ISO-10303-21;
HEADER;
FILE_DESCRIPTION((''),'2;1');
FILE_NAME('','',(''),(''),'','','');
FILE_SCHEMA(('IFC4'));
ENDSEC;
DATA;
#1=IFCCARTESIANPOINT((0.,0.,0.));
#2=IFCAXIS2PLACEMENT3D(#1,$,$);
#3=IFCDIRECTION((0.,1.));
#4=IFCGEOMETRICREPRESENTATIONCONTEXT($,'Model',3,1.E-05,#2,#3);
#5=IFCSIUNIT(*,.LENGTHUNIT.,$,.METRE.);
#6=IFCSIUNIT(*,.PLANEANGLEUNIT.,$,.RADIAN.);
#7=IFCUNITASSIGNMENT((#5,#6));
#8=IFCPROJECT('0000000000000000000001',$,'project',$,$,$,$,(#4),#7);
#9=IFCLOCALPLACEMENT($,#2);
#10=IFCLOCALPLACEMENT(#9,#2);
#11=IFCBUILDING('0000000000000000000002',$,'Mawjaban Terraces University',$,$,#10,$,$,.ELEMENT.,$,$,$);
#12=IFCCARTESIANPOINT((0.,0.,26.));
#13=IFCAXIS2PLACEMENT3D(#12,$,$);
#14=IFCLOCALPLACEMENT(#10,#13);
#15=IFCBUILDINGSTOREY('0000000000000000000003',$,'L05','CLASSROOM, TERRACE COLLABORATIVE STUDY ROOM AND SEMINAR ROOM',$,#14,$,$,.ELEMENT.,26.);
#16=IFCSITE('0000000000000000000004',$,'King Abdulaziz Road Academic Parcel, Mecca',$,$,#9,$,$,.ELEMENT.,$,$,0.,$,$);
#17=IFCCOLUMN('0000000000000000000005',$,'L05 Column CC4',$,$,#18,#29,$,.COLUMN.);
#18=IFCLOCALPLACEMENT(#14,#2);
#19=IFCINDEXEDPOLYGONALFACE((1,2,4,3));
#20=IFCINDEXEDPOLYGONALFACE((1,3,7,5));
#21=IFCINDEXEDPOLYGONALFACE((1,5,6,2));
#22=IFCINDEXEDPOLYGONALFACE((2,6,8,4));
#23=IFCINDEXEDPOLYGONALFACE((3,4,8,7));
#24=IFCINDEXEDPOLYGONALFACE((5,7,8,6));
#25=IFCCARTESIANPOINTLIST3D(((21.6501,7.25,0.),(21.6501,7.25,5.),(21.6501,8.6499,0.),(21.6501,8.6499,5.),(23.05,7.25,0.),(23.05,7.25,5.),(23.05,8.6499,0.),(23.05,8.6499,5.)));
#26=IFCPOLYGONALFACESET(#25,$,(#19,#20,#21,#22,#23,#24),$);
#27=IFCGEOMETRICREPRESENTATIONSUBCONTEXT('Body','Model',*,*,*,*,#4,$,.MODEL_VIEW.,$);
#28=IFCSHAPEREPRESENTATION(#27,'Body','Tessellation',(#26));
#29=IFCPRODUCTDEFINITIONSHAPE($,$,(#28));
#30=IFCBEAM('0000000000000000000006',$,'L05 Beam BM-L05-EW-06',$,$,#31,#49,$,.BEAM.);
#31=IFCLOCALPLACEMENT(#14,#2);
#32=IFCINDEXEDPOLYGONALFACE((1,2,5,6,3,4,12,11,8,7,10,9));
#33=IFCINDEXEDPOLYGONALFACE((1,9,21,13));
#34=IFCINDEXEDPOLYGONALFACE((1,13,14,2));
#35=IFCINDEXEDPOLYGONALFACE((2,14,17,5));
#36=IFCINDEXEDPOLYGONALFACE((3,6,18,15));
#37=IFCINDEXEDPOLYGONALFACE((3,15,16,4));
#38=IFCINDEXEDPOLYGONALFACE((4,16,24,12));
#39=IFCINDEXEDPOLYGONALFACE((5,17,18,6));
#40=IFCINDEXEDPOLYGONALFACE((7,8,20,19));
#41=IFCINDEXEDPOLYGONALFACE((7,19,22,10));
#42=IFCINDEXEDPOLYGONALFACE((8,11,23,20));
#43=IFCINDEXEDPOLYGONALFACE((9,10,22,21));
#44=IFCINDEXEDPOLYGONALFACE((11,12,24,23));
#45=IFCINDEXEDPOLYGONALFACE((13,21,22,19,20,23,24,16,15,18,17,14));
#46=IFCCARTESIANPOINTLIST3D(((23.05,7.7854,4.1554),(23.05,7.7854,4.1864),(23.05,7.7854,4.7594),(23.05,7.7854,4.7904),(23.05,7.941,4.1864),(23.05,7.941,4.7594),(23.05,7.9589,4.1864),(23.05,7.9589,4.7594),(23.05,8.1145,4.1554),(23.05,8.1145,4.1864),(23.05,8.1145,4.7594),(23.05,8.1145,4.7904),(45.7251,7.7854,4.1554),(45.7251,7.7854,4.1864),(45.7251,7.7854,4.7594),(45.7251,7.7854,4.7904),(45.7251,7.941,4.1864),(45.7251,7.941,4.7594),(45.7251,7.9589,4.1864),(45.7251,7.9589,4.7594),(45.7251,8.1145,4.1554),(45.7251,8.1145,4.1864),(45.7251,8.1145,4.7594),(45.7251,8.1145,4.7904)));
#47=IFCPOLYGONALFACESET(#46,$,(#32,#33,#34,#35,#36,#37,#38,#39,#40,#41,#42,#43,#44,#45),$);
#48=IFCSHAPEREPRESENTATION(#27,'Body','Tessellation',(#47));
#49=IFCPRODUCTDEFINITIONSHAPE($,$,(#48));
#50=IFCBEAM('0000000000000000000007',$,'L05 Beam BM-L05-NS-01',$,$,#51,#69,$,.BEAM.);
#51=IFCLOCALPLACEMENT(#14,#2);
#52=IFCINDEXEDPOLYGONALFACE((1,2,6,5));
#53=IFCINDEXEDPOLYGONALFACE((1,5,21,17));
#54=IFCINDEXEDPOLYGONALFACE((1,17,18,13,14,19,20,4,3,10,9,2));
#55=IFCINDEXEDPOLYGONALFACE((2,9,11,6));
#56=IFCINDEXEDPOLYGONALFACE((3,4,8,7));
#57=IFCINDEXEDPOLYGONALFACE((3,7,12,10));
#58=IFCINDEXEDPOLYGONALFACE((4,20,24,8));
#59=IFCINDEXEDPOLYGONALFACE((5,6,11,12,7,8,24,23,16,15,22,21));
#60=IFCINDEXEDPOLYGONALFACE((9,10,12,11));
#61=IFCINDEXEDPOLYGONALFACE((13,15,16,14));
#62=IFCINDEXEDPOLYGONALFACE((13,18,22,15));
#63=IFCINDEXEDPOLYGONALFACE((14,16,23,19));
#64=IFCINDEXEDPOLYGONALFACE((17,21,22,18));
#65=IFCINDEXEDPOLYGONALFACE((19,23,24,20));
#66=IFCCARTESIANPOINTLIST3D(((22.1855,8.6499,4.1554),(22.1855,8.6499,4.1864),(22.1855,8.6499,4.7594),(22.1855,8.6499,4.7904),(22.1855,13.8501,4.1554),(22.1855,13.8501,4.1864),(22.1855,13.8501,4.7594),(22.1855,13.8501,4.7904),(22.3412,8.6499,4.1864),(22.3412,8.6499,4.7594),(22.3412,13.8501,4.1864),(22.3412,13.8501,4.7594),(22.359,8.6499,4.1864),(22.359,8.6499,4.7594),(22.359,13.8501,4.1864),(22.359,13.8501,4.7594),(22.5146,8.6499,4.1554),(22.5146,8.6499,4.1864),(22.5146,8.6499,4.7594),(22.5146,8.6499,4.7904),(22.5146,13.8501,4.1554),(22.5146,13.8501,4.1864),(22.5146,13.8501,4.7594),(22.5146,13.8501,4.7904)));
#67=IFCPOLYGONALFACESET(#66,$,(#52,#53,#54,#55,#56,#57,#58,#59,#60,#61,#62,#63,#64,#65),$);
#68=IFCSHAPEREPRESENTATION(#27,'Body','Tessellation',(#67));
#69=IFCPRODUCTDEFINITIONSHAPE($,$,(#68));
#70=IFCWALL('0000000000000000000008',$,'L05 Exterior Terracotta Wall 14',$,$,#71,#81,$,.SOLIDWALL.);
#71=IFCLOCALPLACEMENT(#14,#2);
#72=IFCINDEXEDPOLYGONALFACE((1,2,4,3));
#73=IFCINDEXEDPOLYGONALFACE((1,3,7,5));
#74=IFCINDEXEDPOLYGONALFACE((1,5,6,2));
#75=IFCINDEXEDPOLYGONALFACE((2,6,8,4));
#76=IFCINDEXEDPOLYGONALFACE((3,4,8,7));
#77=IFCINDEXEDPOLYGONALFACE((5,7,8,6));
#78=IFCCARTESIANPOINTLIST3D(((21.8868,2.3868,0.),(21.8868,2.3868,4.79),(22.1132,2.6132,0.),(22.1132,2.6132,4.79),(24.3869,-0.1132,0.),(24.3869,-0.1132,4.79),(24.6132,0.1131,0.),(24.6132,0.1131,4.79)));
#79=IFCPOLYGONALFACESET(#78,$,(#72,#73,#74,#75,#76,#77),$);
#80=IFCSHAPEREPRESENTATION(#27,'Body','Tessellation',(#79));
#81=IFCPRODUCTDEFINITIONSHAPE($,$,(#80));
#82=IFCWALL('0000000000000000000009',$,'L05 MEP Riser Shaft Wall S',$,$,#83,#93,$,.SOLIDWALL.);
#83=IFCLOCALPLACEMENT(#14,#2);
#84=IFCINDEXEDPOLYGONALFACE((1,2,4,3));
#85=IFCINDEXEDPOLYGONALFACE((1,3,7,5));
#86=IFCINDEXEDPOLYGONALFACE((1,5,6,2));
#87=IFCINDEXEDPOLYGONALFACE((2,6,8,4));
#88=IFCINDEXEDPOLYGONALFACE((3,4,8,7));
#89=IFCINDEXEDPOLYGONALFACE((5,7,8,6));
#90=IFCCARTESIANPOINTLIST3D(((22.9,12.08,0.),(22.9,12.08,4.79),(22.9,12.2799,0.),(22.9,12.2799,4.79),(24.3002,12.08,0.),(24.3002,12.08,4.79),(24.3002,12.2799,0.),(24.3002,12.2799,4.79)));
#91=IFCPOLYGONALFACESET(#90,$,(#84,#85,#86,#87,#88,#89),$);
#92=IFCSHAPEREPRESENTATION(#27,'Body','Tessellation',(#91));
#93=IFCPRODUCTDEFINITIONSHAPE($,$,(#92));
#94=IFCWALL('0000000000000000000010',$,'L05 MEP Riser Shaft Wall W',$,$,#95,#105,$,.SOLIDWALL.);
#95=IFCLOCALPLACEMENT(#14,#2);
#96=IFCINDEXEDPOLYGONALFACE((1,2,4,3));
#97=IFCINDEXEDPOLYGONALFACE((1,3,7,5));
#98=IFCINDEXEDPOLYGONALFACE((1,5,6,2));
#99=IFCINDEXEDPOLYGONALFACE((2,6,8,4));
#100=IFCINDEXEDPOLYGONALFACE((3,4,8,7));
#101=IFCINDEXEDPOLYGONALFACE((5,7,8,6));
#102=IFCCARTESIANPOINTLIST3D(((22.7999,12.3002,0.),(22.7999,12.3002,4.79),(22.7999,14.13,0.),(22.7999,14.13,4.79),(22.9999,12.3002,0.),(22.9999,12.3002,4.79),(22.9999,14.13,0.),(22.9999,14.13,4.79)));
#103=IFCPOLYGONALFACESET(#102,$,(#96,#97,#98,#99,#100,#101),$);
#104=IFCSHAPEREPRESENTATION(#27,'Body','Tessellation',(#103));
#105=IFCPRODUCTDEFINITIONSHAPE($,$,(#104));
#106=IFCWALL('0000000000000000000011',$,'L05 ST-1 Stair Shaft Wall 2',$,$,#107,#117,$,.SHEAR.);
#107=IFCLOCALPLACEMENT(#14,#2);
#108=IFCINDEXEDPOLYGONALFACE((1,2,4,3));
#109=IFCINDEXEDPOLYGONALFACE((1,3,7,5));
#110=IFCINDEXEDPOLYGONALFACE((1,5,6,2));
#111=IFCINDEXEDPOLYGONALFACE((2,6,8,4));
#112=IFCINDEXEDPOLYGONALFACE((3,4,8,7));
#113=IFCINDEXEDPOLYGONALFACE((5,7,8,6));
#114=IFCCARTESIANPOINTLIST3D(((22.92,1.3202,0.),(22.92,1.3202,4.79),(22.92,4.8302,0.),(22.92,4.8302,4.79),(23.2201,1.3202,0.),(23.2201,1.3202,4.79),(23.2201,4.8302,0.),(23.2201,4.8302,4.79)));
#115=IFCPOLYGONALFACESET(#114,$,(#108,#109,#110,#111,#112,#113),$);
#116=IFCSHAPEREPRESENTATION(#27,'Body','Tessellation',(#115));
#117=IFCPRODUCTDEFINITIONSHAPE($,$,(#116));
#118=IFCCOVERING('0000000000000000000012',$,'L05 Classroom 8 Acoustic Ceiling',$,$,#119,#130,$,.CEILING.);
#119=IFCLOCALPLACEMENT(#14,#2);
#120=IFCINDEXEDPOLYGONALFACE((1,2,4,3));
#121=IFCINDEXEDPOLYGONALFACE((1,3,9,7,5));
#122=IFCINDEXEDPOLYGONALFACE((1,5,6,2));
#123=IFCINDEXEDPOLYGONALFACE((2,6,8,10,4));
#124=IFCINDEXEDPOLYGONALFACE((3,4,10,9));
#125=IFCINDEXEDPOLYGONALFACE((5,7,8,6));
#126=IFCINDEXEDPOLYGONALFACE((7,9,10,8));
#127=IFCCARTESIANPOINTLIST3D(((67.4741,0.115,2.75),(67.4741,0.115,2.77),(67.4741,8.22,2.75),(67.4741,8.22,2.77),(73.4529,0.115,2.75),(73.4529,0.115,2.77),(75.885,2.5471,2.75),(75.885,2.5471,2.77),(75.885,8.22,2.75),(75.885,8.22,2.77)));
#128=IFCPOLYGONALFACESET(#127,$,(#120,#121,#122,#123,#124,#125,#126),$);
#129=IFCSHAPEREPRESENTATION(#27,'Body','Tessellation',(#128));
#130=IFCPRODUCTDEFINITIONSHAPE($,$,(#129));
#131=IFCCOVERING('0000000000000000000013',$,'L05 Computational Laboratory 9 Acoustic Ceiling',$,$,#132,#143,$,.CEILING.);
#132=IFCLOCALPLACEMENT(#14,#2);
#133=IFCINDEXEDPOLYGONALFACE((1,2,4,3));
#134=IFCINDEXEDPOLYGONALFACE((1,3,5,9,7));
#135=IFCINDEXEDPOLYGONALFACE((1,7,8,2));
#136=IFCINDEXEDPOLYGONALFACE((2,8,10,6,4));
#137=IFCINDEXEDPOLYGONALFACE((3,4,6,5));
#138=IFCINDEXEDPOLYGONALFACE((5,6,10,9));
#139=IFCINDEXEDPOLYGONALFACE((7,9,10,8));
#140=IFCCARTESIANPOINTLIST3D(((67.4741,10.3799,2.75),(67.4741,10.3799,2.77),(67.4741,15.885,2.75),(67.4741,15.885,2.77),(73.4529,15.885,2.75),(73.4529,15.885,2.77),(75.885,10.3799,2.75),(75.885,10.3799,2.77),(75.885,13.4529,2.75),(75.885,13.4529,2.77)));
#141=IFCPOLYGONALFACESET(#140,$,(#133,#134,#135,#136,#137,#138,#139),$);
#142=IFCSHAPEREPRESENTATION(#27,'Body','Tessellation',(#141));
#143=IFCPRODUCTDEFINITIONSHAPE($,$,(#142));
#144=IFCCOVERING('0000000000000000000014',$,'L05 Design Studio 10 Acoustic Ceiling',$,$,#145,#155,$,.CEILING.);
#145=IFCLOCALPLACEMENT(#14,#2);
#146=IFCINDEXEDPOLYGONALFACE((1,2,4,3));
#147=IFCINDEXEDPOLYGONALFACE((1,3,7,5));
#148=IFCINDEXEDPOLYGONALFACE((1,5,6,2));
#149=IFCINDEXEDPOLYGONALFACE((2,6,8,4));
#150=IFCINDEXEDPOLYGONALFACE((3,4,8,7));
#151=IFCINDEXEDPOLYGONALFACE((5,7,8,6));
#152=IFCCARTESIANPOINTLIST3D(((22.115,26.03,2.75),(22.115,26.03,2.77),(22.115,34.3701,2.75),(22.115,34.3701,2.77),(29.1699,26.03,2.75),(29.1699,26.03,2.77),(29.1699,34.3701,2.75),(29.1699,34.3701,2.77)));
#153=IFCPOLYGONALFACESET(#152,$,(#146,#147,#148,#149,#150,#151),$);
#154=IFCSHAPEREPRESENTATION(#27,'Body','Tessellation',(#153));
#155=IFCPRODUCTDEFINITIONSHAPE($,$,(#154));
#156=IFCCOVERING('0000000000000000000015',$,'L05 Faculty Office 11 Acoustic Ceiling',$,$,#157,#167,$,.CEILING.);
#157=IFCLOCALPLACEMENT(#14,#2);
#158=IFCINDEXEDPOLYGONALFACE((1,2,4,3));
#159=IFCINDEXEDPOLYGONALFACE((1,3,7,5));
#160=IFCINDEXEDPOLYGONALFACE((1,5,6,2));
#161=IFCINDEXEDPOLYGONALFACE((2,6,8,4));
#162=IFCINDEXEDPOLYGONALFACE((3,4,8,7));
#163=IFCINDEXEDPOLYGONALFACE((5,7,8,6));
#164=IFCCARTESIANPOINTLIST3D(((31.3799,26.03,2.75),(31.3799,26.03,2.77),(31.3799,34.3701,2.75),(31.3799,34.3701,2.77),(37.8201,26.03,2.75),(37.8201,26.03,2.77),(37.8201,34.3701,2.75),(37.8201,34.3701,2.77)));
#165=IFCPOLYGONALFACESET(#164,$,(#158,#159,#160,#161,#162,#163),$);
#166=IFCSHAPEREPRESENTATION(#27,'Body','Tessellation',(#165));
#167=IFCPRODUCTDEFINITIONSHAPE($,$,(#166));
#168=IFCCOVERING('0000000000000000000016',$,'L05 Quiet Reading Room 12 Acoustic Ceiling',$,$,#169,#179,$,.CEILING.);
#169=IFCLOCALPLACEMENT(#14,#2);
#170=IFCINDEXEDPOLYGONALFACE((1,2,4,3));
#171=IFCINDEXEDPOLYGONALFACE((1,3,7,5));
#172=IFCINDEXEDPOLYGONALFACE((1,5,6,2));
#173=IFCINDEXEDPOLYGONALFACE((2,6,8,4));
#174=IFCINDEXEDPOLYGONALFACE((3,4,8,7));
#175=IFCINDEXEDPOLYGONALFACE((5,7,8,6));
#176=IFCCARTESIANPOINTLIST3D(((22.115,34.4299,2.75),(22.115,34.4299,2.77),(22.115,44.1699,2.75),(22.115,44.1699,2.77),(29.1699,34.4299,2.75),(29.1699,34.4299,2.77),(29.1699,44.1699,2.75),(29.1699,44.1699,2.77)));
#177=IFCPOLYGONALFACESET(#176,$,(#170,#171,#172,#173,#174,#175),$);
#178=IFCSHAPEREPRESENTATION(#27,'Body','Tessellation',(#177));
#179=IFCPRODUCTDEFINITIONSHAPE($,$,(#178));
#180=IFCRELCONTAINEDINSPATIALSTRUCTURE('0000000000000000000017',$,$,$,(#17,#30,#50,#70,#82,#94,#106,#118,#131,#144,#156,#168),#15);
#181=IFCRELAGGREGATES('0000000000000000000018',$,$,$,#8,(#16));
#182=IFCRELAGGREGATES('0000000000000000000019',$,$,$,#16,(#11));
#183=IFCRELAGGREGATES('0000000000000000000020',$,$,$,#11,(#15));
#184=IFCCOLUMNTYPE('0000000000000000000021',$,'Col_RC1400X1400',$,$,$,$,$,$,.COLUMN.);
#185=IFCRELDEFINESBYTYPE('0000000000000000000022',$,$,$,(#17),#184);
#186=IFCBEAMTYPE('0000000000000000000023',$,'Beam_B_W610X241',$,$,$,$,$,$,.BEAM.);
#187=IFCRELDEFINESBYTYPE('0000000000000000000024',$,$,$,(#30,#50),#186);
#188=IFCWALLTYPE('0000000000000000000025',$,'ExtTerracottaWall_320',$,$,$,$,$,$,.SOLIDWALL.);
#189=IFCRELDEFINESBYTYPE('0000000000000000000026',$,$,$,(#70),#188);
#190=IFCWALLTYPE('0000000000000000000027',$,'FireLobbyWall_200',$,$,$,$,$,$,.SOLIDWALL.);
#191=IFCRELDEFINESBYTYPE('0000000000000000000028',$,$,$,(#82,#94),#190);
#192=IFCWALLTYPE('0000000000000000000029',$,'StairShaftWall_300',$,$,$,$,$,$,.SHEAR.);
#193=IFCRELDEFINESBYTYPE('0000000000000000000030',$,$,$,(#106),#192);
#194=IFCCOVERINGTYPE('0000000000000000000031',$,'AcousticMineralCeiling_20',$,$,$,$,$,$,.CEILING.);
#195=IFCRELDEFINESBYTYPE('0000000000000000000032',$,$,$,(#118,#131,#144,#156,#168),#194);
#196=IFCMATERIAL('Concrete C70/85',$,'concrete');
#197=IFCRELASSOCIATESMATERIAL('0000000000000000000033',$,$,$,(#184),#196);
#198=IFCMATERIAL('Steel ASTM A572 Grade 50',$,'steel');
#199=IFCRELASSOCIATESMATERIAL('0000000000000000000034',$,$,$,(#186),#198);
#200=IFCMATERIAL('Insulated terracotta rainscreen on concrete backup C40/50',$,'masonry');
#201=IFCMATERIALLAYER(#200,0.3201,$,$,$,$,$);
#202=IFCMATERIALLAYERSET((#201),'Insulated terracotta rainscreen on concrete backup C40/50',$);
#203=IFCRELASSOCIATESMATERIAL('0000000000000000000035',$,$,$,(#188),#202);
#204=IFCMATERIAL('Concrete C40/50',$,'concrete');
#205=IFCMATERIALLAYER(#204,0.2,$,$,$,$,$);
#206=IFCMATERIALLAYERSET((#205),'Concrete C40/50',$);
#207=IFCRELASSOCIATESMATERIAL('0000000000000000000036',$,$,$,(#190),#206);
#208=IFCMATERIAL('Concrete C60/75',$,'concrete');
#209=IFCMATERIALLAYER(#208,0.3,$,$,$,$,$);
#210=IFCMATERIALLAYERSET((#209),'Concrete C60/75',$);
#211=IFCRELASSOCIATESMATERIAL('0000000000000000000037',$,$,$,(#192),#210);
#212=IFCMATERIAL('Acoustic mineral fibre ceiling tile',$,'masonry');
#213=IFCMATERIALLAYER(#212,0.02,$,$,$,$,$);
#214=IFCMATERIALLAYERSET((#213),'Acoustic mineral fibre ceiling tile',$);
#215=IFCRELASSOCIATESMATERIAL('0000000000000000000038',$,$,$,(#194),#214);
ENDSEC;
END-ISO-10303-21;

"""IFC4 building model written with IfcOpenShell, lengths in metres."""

from ifc_helpers import new_model, si_unit, direction, frame, frame_2d, origin, origin_2d, place, context, subcontext, project, spatial, polyline, rectangle, i_section, outline, extrude, material, layer, layer_set, material_profile, profile_set, type_object, element, save


model = new_model("IFC4")

# Units and contexts
model_context = context("Model", 3, precision=1e-05, world=origin(), true_north=direction((0.0, 1.0)))
body_context = subcontext(model_context, "Body", "Model", "MODEL_VIEW")
ifc_project = project(units=[si_unit("LENGTHUNIT", "METRE"), si_unit("PLANEANGLEUNIT", "RADIAN")], contexts=[model_context])

# Site, building, storey
site_placement = place(None, origin())
site = spatial("IfcSite", under=ifc_project, at=site_placement, Name="King Abdulaziz Road Academic Parcel, Mecca", CompositionType="ELEMENT", RefElevation=0.0)
building_placement = place(site_placement, origin())
building = spatial("IfcBuilding", under=site, at=building_placement, Name="Mawjaban Terraces University", CompositionType="ELEMENT")
storey_placement = place(building_placement, frame((0.0, 0.0, 26.0)))
storey = spatial("IfcBuildingStorey", under=building, at=storey_placement, Name="L05", Description="CLASSROOM, TERRACE COLLABORATIVE STUDY ROOM AND SEMINAR ROOM", CompositionType="ELEMENT", Elevation=26.0)

# Column
ifc_material_1 = material(Name="Concrete C70/85", Category="concrete")
ifc_material_profile_1 = material_profile(ifc_material_1, rectangle(XDim=1.3999, YDim=1.3999, at=origin_2d()), Name="RC1400X1400")
ifc_profile_set_1 = profile_set([ifc_material_profile_1], Name="Concrete C70/85")
column_type = type_object("IfcColumnType", Name="Col_RC1400X1400", PredefinedType="COLUMN", material=ifc_profile_set_1)
column_placement = place(storey_placement, frame((22.3501, 7.95, 0.0), z_axis=(0.0, 0.0, 1.0), x_axis=(1.0, 0.0, 0.0)))
element("IfcColumn", 1, at=column_placement, inside=storey, type_object=column_type, Name="L05 Column CC4", PredefinedType="COLUMN", context=body_context, shape_type="SweptSolid", body=[
    extrude(rectangle(XDim=1.3999, YDim=1.3999, at=origin_2d()), origin(), (0.0, 0.0, 1.0), 5.0),
])

# Beams
ifc_material_2 = material(Name="Steel ASTM A572 Grade 50", Category="steel")
ifc_material_profile_2 = material_profile(ifc_material_2, i_section(OverallWidth=0.3291, OverallDepth=0.635, WebThickness=0.0178, FlangeThickness=0.031, at=origin_2d()), Name="W610X241")
ifc_profile_set_2 = profile_set([ifc_material_profile_2], Name="Steel ASTM A572 Grade 50")
beam_type = type_object("IfcBeamType", Name="Beam_B_W610X241", PredefinedType="BEAM", material=ifc_profile_set_2)
beam_1_placement = place(storey_placement, frame((23.05, 7.95, 4.4729), z_axis=(1.0, 0.0, 0.0), x_axis=(0.0, 1.0, 0.0)))
element("IfcBeam", 2, at=beam_1_placement, inside=storey, type_object=beam_type, Name="L05 Beam BM-L05-EW-06", PredefinedType="BEAM", context=body_context, shape_type="SweptSolid", body=[
    extrude(i_section(OverallWidth=0.3291, OverallDepth=0.635, WebThickness=0.0178, FlangeThickness=0.031, at=origin_2d()), origin(), (0.0, 0.0, 1.0), 22.675),
])
beam_2_placement = place(storey_placement, frame((22.3501, 8.6499, 4.4729), z_axis=(0.0, 1.0, 0.0), x_axis=(-1.0, 0.0, 0.0)))
element("IfcBeam", 3, at=beam_2_placement, inside=storey, type_object=beam_type, Name="L05 Beam BM-L05-NS-01", PredefinedType="BEAM", context=body_context, shape_type="SweptSolid", body=[
    extrude(i_section(OverallWidth=0.3291, OverallDepth=0.635, WebThickness=0.0178, FlangeThickness=0.031, at=origin_2d()), origin(), (0.0, 0.0, 1.0), 5.2002),
])

# Walls
ifc_material_3 = material(Name="Insulated terracotta rainscreen on concrete backup C40/50", Category="masonry")
ifc_layer_1 = layer(ifc_material_3, 0.3201)
ifc_layer_set_1 = layer_set([ifc_layer_1], Name="Insulated terracotta rainscreen on concrete backup C40/50")
wall_type_1 = type_object("IfcWallType", Name="ExtTerracottaWall_320", PredefinedType="SOLIDWALL", material=ifc_layer_set_1)
wall_1_placement = place(storey_placement, frame((22.0, 2.5, 0.0), z_axis=(0.0, 0.0, 1.0), x_axis=(0.707107, -0.707107, 0.0)))
element("IfcWall", 4, at=wall_1_placement, inside=storey, type_object=wall_type_1, Name="L05 Exterior Terracotta Wall 14", PredefinedType="SOLIDWALL", context=body_context, shape_type="SweptSolid", body=[
    extrude(rectangle(XDim=3.5356, YDim=0.3201, at=frame_2d((1.7678, 0.0))), origin(), (0.0, 0.0, 1.0), 4.79),
])
ifc_material_4 = material(Name="Concrete C40/50", Category="concrete")
ifc_layer_2 = layer(ifc_material_4, 0.2)
ifc_layer_set_2 = layer_set([ifc_layer_2], Name="Concrete C40/50")
wall_type_2 = type_object("IfcWallType", Name="FireLobbyWall_200", PredefinedType="SOLIDWALL", material=ifc_layer_set_2)
wall_2_placement = place(storey_placement, frame((22.8999, 12.1799, 0.0), z_axis=(0.0, 0.0, 1.0), x_axis=(1.0, 0.0, 0.0)))
element("IfcWall", 5, at=wall_2_placement, inside=storey, type_object=wall_type_2, Name="L05 MEP Riser Shaft Wall S", PredefinedType="SOLIDWALL", context=body_context, shape_type="SweptSolid", body=[
    extrude(rectangle(XDim=1.4001, YDim=0.2, at=frame_2d((0.7002, 0.0))), origin(), (0.0, 0.0, 1.0), 4.79),
])
wall_3_placement = place(storey_placement, frame((22.8999, 12.3, 0.0), z_axis=(0.0, 0.0, 1.0), x_axis=(0.0, 1.0, 0.0)))
element("IfcWall", 6, at=wall_3_placement, inside=storey, type_object=wall_type_2, Name="L05 MEP Riser Shaft Wall W", PredefinedType="SOLIDWALL", context=body_context, shape_type="SweptSolid", body=[
    extrude(rectangle(XDim=1.8298, YDim=0.2, at=frame_2d((0.915, 0.0))), origin(), (0.0, 0.0, 1.0), 4.79),
])
ifc_material_5 = material(Name="Concrete C60/75", Category="concrete")
ifc_layer_3 = layer(ifc_material_5, 0.3)
ifc_layer_set_3 = layer_set([ifc_layer_3], Name="Concrete C60/75")
wall_type_3 = type_object("IfcWallType", Name="StairShaftWall_300", PredefinedType="SHEAR", material=ifc_layer_set_3)
wall_4_placement = place(storey_placement, frame((23.0701, 4.8301, 0.0), z_axis=(0.0, 0.0, 1.0), x_axis=(0.0, -1.0, 0.0)))
element("IfcWall", 7, at=wall_4_placement, inside=storey, type_object=wall_type_3, Name="L05 ST-1 Stair Shaft Wall 2", PredefinedType="SHEAR", context=body_context, shape_type="SweptSolid", body=[
    extrude(rectangle(XDim=3.51, YDim=0.3, at=frame_2d((1.7549, 0.0))), origin(), (0.0, 0.0, 1.0), 4.79),
])

# Coverings
ifc_material_6 = material(Name="Acoustic mineral fibre ceiling tile", Category="masonry")
ifc_layer_4 = layer(ifc_material_6, 0.02)
ifc_layer_set_4 = layer_set([ifc_layer_4], Name="Acoustic mineral fibre ceiling tile")
covering_type_1 = type_object("IfcCoveringType", Name="AcousticMineralCeiling_20", PredefinedType="CEILING", material=ifc_layer_set_4)
covering_1_placement = place(storey_placement, frame((0.0, 0.0, 2.75)))
element("IfcCovering", 8, at=covering_1_placement, inside=storey, type_object=covering_type_1, Name="L05 Classroom 8 Acoustic Ceiling", PredefinedType="CEILING", context=body_context, shape_type="SweptSolid", body=[
    extrude(outline(polyline([(67.4741, 0.115), (73.4529, 0.115), (75.885, 2.5471), (75.885, 8.22), (67.4741, 8.22), (67.4741, 0.115)])), origin(), (0.0, 0.0, 1.0), 0.02),
])
covering_2_placement = place(storey_placement, frame((0.0, 0.0, 2.75)))
element("IfcCovering", 9, at=covering_2_placement, inside=storey, type_object=covering_type_1, Name="L05 Computational Laboratory 9 Acoustic Ceiling", PredefinedType="CEILING", context=body_context, shape_type="SweptSolid", body=[
    extrude(outline(polyline([(75.885, 10.3799), (75.885, 13.4529), (73.4529, 15.885), (67.4741, 15.885), (67.4741, 10.3799), (75.885, 10.3799)])), origin(), (0.0, 0.0, 1.0), 0.02),
])
covering_3_placement = place(storey_placement, frame((0.0, 0.0, 2.75)))
element("IfcCovering", 10, at=covering_3_placement, inside=storey, type_object=covering_type_1, Name="L05 Design Studio 10 Acoustic Ceiling", PredefinedType="CEILING", context=body_context, shape_type="SweptSolid", body=[
    extrude(outline(polyline([(22.115, 34.3701), (22.115, 26.03), (29.1699, 26.03), (29.1699, 34.3701), (22.115, 34.3701)])), origin(), (0.0, 0.0, 1.0), 0.02),
])
covering_4_placement = place(storey_placement, frame((0.0, 0.0, 2.75)))
element("IfcCovering", 11, at=covering_4_placement, inside=storey, type_object=covering_type_1, Name="L05 Faculty Office 11 Acoustic Ceiling", PredefinedType="CEILING", context=body_context, shape_type="SweptSolid", body=[
    extrude(outline(polyline([(37.8201, 26.03), (37.8201, 34.3701), (31.3799, 34.3701), (31.3799, 26.03), (37.8201, 26.03)])), origin(), (0.0, 0.0, 1.0), 0.02),
])
covering_5_placement = place(storey_placement, frame((0.0, 0.0, 2.75)))
element("IfcCovering", 12, at=covering_5_placement, inside=storey, type_object=covering_type_1, Name="L05 Quiet Reading Room 12 Acoustic Ceiling", PredefinedType="CEILING", context=body_context, shape_type="SweptSolid", body=[
    extrude(outline(polyline([(22.115, 44.1699), (22.115, 34.4299), (29.1699, 34.4299), (29.1699, 44.1699), (22.115, 44.1699)])), origin(), (0.0, 0.0, 1.0), 0.02),
])

save(model, "model.ifc")
